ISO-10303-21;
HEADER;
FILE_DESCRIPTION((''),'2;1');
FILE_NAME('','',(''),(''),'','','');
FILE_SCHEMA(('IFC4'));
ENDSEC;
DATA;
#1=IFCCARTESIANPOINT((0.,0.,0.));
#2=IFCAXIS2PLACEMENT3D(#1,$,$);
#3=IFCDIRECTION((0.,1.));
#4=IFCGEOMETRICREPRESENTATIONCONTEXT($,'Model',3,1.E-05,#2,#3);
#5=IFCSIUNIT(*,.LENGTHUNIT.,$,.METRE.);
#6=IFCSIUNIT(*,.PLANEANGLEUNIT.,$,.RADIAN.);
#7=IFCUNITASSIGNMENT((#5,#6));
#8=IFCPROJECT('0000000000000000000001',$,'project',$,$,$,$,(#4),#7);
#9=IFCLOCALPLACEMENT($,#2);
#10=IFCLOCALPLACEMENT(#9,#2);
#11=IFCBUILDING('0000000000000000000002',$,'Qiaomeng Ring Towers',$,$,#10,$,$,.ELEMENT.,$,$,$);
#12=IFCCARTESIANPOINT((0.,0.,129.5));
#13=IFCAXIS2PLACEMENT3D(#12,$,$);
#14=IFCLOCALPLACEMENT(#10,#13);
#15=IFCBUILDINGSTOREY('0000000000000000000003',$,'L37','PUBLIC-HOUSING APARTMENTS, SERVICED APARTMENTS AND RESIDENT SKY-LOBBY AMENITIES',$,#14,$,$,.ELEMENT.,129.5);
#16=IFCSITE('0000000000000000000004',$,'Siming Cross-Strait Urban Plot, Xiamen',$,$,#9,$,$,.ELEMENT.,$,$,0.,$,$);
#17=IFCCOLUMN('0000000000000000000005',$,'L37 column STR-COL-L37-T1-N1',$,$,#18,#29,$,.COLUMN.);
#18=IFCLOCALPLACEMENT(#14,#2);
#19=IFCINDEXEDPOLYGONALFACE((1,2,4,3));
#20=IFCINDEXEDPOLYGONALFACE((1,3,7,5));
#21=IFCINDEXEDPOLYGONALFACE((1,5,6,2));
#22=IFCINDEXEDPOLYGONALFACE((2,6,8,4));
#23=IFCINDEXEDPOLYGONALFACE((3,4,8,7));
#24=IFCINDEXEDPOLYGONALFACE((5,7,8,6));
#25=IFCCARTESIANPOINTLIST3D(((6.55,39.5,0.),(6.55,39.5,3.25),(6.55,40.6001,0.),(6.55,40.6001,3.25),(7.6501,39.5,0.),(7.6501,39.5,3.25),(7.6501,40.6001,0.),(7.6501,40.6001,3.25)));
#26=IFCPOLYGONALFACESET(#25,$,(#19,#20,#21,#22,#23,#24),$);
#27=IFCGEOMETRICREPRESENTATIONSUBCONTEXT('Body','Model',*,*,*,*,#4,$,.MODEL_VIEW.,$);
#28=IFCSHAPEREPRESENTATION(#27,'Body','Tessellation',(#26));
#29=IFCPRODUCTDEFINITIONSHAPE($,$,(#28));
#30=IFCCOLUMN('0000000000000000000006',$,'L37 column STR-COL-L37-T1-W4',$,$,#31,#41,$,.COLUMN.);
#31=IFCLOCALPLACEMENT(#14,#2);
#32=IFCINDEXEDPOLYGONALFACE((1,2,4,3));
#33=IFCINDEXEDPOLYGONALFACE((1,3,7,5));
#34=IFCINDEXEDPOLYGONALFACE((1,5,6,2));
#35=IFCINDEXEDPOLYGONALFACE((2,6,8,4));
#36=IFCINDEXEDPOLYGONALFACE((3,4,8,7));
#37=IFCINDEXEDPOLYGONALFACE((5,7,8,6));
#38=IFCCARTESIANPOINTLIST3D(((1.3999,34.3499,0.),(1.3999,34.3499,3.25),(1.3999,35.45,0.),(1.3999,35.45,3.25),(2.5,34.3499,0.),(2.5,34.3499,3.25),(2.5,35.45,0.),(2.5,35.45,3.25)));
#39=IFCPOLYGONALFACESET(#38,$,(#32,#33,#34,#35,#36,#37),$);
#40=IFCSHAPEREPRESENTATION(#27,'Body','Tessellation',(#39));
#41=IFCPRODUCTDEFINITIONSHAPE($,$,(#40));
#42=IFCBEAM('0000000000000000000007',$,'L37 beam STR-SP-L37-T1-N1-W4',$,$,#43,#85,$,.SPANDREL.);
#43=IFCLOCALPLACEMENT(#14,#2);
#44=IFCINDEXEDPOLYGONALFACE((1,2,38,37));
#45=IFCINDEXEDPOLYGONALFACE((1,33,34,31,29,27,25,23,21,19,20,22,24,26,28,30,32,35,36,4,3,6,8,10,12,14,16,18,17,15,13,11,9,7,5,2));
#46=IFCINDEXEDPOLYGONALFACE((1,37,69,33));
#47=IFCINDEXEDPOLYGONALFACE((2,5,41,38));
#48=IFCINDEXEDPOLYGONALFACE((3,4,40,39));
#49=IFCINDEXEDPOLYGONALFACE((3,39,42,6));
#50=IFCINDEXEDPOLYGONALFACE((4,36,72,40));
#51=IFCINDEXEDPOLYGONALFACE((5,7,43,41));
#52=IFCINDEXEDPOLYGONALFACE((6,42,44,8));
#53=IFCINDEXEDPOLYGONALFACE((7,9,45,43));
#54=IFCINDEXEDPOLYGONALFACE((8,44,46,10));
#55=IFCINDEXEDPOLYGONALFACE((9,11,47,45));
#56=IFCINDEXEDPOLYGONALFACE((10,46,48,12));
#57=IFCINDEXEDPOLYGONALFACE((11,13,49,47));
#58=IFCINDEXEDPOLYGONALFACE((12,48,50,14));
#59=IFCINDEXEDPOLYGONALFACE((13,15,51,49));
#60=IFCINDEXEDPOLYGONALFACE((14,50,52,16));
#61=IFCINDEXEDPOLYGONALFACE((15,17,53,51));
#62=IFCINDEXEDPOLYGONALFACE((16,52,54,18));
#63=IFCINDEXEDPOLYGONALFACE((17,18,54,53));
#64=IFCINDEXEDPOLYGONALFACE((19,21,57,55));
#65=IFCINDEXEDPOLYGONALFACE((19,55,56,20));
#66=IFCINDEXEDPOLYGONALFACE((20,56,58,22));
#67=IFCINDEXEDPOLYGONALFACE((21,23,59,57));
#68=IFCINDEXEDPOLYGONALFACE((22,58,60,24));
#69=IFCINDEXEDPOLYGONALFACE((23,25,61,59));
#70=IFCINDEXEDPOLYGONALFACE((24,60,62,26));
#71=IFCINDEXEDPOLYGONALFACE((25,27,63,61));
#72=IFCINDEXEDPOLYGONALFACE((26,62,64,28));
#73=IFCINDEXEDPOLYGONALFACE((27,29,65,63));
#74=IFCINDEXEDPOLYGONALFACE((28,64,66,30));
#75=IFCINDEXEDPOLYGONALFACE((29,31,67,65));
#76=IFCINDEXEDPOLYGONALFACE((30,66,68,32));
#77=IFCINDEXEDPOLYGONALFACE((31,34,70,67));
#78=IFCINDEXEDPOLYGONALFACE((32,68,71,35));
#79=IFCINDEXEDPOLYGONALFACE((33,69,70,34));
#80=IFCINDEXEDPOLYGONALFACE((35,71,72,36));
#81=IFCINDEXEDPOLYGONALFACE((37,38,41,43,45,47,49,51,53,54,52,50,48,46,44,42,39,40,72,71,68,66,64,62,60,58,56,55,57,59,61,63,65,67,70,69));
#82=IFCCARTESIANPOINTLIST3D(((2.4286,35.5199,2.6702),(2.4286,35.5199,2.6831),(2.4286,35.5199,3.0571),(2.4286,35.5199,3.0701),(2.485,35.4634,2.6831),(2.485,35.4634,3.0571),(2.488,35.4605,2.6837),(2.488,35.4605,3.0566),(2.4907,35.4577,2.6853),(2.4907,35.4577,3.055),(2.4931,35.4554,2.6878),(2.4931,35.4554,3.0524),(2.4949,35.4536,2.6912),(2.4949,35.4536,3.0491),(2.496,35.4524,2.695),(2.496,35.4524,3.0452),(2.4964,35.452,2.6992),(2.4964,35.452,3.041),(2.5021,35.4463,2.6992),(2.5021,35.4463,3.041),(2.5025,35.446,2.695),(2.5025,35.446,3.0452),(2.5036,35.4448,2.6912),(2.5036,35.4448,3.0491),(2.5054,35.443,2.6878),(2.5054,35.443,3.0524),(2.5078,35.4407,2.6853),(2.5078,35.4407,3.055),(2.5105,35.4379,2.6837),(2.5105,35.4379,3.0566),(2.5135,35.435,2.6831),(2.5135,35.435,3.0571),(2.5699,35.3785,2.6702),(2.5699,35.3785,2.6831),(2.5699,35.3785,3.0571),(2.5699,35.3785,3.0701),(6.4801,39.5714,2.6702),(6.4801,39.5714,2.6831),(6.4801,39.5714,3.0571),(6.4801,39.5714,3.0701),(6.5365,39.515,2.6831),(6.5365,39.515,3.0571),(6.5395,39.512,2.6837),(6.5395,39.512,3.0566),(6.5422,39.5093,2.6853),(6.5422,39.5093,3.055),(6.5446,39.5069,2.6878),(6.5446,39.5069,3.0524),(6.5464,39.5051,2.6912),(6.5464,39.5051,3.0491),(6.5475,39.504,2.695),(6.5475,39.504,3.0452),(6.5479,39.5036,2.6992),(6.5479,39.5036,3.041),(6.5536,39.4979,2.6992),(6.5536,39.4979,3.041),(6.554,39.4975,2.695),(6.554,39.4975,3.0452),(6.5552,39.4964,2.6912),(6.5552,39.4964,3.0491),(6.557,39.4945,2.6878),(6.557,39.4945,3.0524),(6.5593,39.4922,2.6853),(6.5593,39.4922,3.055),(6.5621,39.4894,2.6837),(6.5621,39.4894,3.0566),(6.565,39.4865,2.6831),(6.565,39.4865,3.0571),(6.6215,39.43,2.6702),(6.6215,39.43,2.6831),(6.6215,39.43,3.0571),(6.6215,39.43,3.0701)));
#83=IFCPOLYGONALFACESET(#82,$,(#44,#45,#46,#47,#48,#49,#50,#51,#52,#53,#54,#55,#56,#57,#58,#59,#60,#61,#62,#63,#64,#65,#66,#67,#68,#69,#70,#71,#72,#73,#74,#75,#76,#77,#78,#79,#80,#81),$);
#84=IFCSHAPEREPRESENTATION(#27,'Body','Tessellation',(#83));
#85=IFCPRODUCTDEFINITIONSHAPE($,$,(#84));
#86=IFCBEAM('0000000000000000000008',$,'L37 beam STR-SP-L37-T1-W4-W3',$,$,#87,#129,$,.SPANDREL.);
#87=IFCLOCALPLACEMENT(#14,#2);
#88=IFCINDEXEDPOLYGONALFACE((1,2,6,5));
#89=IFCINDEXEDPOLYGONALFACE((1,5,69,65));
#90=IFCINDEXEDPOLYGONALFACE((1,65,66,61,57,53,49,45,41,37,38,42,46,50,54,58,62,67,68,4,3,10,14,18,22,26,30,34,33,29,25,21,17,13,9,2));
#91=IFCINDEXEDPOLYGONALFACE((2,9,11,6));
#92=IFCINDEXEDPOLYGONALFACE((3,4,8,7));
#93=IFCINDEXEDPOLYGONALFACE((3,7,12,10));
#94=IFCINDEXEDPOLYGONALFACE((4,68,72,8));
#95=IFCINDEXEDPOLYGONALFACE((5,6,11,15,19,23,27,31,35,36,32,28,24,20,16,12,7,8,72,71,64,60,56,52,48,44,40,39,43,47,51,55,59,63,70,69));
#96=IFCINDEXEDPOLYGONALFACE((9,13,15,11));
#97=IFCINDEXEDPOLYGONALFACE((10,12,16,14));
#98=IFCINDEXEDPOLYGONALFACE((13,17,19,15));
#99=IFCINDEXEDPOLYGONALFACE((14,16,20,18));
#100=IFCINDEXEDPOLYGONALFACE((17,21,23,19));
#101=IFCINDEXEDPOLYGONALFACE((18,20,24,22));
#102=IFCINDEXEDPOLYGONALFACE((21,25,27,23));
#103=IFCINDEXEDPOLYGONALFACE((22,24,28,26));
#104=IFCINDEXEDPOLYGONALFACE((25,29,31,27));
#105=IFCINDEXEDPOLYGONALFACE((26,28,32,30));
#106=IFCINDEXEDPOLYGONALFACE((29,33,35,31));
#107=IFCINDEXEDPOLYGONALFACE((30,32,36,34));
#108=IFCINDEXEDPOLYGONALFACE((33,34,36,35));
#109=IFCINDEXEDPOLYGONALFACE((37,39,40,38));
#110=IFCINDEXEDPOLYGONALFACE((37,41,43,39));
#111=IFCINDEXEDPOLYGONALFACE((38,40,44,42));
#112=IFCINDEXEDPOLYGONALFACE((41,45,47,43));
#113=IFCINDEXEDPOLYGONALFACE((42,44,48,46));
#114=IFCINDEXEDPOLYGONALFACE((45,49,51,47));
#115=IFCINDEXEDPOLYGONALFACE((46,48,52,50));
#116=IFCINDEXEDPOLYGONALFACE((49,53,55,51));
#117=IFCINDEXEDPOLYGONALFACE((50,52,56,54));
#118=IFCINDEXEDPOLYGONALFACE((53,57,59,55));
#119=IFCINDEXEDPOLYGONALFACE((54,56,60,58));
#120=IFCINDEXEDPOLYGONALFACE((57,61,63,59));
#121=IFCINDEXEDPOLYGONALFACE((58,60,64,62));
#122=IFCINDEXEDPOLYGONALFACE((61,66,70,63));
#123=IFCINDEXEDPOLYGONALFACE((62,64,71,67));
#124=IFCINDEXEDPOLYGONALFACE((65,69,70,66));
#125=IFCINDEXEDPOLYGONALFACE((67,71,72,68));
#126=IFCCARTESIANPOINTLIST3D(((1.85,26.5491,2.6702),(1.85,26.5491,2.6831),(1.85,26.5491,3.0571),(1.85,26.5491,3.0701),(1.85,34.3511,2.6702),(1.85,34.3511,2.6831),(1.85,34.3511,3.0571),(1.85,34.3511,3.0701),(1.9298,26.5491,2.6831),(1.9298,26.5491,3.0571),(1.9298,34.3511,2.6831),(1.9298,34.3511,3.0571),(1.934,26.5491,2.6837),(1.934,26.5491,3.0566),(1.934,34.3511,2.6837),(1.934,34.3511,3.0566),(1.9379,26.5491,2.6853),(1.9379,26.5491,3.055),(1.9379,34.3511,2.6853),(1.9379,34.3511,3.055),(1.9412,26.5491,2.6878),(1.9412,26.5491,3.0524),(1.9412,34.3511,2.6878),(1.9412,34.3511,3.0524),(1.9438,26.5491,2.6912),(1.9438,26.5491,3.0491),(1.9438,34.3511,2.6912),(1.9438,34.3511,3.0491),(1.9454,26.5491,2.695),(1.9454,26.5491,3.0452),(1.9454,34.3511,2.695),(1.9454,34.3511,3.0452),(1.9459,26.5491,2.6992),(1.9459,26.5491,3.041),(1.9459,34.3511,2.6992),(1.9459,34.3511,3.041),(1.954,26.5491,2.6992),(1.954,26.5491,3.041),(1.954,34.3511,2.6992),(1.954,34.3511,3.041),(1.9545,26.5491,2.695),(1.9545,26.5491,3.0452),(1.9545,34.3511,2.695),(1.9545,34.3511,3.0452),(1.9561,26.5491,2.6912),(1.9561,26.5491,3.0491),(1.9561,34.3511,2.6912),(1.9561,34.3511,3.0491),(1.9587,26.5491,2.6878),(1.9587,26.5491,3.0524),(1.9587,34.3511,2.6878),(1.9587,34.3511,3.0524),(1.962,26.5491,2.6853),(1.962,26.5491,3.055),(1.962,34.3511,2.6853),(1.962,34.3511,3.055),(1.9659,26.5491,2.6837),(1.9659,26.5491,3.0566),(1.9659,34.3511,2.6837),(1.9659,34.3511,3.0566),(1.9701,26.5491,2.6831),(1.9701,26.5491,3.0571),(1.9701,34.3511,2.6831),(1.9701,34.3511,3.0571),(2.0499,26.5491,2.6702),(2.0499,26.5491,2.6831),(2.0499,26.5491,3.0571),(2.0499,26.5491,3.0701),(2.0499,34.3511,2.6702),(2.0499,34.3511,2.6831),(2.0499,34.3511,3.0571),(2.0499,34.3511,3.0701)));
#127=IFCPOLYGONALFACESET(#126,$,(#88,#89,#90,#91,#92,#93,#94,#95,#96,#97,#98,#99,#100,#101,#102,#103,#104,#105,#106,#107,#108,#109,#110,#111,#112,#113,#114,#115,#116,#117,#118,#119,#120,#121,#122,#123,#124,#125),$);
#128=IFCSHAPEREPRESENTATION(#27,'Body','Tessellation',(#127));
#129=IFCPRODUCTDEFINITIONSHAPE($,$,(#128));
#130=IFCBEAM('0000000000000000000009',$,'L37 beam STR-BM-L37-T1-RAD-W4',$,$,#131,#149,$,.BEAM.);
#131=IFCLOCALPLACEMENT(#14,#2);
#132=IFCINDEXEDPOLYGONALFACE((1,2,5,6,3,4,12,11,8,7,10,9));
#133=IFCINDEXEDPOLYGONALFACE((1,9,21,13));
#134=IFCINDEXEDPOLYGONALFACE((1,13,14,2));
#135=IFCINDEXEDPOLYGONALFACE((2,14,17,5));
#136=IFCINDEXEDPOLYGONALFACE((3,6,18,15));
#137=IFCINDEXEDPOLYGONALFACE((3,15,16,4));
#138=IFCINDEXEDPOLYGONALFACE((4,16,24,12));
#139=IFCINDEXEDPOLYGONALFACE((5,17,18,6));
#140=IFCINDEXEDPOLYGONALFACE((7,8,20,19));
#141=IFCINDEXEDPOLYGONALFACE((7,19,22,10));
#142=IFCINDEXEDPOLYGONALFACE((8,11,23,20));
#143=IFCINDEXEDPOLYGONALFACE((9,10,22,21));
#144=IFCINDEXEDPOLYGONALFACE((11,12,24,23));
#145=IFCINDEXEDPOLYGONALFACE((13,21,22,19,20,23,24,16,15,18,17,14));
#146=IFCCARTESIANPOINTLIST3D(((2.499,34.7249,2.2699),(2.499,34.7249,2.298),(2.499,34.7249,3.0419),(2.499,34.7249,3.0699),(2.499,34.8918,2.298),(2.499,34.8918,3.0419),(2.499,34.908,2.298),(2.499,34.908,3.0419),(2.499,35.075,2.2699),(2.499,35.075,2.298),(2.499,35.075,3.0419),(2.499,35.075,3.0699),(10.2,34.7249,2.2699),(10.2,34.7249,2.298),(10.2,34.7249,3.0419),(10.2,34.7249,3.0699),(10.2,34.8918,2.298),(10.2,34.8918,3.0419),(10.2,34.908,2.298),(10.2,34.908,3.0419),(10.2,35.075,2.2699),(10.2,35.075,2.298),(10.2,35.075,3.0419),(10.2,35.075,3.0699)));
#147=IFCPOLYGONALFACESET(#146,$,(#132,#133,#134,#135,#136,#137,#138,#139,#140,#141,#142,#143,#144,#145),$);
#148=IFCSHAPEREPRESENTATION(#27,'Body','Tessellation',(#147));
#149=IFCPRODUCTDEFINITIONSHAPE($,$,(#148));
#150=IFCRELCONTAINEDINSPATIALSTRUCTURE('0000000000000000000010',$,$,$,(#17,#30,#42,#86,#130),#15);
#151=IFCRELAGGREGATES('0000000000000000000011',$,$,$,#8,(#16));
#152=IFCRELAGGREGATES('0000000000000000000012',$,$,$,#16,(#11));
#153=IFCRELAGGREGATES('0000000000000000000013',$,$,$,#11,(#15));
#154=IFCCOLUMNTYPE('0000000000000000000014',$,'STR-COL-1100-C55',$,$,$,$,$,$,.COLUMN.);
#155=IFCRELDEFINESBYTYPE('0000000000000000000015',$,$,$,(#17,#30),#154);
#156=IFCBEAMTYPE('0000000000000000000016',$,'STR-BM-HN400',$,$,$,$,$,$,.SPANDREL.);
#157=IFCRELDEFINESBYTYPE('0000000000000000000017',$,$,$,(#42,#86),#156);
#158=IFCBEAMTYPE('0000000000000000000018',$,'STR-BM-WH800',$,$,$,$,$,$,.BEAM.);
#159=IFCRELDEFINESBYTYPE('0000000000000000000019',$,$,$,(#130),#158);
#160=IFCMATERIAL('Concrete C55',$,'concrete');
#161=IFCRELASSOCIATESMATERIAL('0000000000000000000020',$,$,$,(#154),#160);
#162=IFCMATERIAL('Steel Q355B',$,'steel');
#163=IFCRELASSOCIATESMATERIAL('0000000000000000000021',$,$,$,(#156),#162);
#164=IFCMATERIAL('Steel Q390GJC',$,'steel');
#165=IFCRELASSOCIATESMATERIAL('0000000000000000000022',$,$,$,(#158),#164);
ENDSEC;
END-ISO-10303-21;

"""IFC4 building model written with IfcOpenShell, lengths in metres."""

from ifc_helpers import new_model, si_unit, direction, frame, origin, origin_2d, place, context, subcontext, project, spatial, rectangle, i_section, extrude, source, transform, mapped, material, material_profile, profile_set, type_object, element, save


model = new_model("IFC4")

# Units and contexts
model_context = context("Model", 3, precision=1e-05, world=origin(), true_north=direction((0.0, 1.0)))
body_context = subcontext(model_context, "Body", "Model", "MODEL_VIEW")
ifc_project = project(units=[si_unit("LENGTHUNIT", "METRE"), si_unit("PLANEANGLEUNIT", "RADIAN")], contexts=[model_context])

# Site, building, storey
site_placement = place(None, origin())
site = spatial("IfcSite", under=ifc_project, at=site_placement, Name="Siming Cross-Strait Urban Plot, Xiamen", CompositionType="ELEMENT", RefElevation=0.0)
building_placement = place(site_placement, origin())
building = spatial("IfcBuilding", under=site, at=building_placement, Name="Qiaomeng Ring Towers", CompositionType="ELEMENT")
storey_placement = place(building_placement, frame((0.0, 0.0, 129.5)))
storey = spatial("IfcBuildingStorey", under=building, at=storey_placement, Name="L37", Description="PUBLIC-HOUSING APARTMENTS, SERVICED APARTMENTS AND RESIDENT SKY-LOBBY AMENITIES", CompositionType="ELEMENT", Elevation=129.5)

# Columns
ifc_material_1 = material(Name="Concrete C55", Category="concrete")
ifc_material_profile_1 = material_profile(ifc_material_1, rectangle(XDim=1.1001, YDim=1.1001, at=origin_2d()), Name="RC COL 1100x1100")
ifc_profile_set_1 = profile_set([ifc_material_profile_1], Name="Concrete C55")
column_type = type_object("IfcColumnType", Name="STR-COL-1100-C55", PredefinedType="COLUMN", material=ifc_profile_set_1)
shared_shape_1 = source(origin(), body_context, "Body", "SweptSolid", [
    extrude(rectangle(XDim=1.1001, YDim=1.1001, at=origin_2d()), origin(), (0.0, 0.0, 1.0), 3.25),
])
for number, where, z_axis, x_axis, name in (
    (1, (7.1001, 40.05, 0.0), (0.0, 0.0, 1.0), (1.0, 0.0, 0.0), "L37 column STR-COL-L37-T1-N1"),
    (2, (1.95, 34.8999, 0.0), (0.0, 0.0, 1.0), (1.0, 0.0, 0.0), "L37 column STR-COL-L37-T1-W4"),
):
    element("IfcColumn", number, at=place(storey_placement, frame(where, z_axis=z_axis, x_axis=x_axis)), inside=storey, type_object=column_type, Name=name, PredefinedType="COLUMN", context=body_context, shape_type="MappedRepresentation", body=[
        mapped(shared_shape_1, transform((0.0, 0.0, 0.0), x_axis=(1.0, 0.0, 0.0), y_axis=(0.0, 1.0, 0.0), z_axis=(0.0, 0.0, 1.0), scale=1.0)),
    ])

# Beams
ifc_material_2 = material(Name="Steel Q355B", Category="steel")
ifc_material_profile_2 = material_profile(ifc_material_2, i_section(OverallWidth=0.2, OverallDepth=0.3999, WebThickness=0.0081, FlangeThickness=0.0129, FilletRadius=0.0161, at=origin_2d()), Name="HN 400x200x8x13")
ifc_profile_set_2 = profile_set([ifc_material_profile_2], Name="Steel Q355B")
beam_type_1 = type_object("IfcBeamType", Name="STR-BM-HN400", PredefinedType="SPANDREL", material=ifc_profile_set_2)
shared_shape_2 = source(origin(), body_context, "Body", "SweptSolid", [
    extrude(i_section(OverallWidth=0.2, OverallDepth=0.3999, WebThickness=0.0081, FlangeThickness=0.0129, FilletRadius=0.0161, at=origin_2d()), origin(), (0.0, 0.0, 1.0), 5.7297),
])
beam_1_placement = place(storey_placement, frame((6.5508, 39.5007, 2.8701), z_axis=(-0.707107, -0.707107, 0.0), x_axis=(0.707107, -0.707107, 0.0)))
element("IfcBeam", 3, at=beam_1_placement, inside=storey, type_object=beam_type_1, Name="L37 beam STR-SP-L37-T1-N1-W4", PredefinedType="SPANDREL", context=body_context, shape_type="MappedRepresentation", body=[
    mapped(shared_shape_2, transform((0.0, 0.0, 0.0), x_axis=(1.0, 0.0, 0.0), y_axis=(0.0, 1.0, 0.0), z_axis=(0.0, 0.0, 1.0), scale=1.0)),
])
shared_shape_3 = source(origin(), body_context, "Body", "SweptSolid", [
    extrude(i_section(OverallWidth=0.2, OverallDepth=0.3999, WebThickness=0.0081, FlangeThickness=0.0129, FilletRadius=0.0161, at=origin_2d()), origin(), (0.0, 0.0, 1.0), 7.802),
])
beam_2_placement = place(storey_placement, frame((1.95, 34.3511, 2.8701), z_axis=(0.0, -1.0, 0.0), x_axis=(1.0, 0.0, 0.0)))
element("IfcBeam", 4, at=beam_2_placement, inside=storey, type_object=beam_type_1, Name="L37 beam STR-SP-L37-T1-W4-W3", PredefinedType="SPANDREL", context=body_context, shape_type="MappedRepresentation", body=[
    mapped(shared_shape_3, transform((0.0, 0.0, 0.0), x_axis=(1.0, 0.0, 0.0), y_axis=(0.0, 1.0, 0.0), z_axis=(0.0, 0.0, 1.0), scale=1.0)),
])
ifc_material_3 = material(Name="Steel Q390GJC", Category="steel")
ifc_material_profile_3 = material_profile(ifc_material_3, i_section(OverallWidth=0.3501, OverallDepth=0.8, WebThickness=0.0161, FlangeThickness=0.0281, at=origin_2d()), Name="WH 800x350x16x28")
ifc_profile_set_3 = profile_set([ifc_material_profile_3], Name="Steel Q390GJC")
beam_type_2 = type_object("IfcBeamType", Name="STR-BM-WH800", PredefinedType="BEAM", material=ifc_profile_set_3)
shared_shape_4 = source(origin(), body_context, "Body", "SweptSolid", [
    extrude(i_section(OverallWidth=0.3501, OverallDepth=0.8, WebThickness=0.0161, FlangeThickness=0.0281, at=origin_2d()), origin(), (0.0, 0.0, 1.0), 7.7009),
])
beam_3_placement = place(storey_placement, frame((2.499, 34.8999, 2.6699), z_axis=(1.0, 0.0, 0.0), x_axis=(0.0, 1.0, 0.0)))
element("IfcBeam", 5, at=beam_3_placement, inside=storey, type_object=beam_type_2, Name="L37 beam STR-BM-L37-T1-RAD-W4", PredefinedType="BEAM", context=body_context, shape_type="MappedRepresentation", body=[
    mapped(shared_shape_4, transform((0.0, 0.0, 0.0), x_axis=(1.0, 0.0, 0.0), y_axis=(0.0, 1.0, 0.0), z_axis=(0.0, 0.0, 1.0), scale=1.0)),
])

save(model, "model.ifc")
